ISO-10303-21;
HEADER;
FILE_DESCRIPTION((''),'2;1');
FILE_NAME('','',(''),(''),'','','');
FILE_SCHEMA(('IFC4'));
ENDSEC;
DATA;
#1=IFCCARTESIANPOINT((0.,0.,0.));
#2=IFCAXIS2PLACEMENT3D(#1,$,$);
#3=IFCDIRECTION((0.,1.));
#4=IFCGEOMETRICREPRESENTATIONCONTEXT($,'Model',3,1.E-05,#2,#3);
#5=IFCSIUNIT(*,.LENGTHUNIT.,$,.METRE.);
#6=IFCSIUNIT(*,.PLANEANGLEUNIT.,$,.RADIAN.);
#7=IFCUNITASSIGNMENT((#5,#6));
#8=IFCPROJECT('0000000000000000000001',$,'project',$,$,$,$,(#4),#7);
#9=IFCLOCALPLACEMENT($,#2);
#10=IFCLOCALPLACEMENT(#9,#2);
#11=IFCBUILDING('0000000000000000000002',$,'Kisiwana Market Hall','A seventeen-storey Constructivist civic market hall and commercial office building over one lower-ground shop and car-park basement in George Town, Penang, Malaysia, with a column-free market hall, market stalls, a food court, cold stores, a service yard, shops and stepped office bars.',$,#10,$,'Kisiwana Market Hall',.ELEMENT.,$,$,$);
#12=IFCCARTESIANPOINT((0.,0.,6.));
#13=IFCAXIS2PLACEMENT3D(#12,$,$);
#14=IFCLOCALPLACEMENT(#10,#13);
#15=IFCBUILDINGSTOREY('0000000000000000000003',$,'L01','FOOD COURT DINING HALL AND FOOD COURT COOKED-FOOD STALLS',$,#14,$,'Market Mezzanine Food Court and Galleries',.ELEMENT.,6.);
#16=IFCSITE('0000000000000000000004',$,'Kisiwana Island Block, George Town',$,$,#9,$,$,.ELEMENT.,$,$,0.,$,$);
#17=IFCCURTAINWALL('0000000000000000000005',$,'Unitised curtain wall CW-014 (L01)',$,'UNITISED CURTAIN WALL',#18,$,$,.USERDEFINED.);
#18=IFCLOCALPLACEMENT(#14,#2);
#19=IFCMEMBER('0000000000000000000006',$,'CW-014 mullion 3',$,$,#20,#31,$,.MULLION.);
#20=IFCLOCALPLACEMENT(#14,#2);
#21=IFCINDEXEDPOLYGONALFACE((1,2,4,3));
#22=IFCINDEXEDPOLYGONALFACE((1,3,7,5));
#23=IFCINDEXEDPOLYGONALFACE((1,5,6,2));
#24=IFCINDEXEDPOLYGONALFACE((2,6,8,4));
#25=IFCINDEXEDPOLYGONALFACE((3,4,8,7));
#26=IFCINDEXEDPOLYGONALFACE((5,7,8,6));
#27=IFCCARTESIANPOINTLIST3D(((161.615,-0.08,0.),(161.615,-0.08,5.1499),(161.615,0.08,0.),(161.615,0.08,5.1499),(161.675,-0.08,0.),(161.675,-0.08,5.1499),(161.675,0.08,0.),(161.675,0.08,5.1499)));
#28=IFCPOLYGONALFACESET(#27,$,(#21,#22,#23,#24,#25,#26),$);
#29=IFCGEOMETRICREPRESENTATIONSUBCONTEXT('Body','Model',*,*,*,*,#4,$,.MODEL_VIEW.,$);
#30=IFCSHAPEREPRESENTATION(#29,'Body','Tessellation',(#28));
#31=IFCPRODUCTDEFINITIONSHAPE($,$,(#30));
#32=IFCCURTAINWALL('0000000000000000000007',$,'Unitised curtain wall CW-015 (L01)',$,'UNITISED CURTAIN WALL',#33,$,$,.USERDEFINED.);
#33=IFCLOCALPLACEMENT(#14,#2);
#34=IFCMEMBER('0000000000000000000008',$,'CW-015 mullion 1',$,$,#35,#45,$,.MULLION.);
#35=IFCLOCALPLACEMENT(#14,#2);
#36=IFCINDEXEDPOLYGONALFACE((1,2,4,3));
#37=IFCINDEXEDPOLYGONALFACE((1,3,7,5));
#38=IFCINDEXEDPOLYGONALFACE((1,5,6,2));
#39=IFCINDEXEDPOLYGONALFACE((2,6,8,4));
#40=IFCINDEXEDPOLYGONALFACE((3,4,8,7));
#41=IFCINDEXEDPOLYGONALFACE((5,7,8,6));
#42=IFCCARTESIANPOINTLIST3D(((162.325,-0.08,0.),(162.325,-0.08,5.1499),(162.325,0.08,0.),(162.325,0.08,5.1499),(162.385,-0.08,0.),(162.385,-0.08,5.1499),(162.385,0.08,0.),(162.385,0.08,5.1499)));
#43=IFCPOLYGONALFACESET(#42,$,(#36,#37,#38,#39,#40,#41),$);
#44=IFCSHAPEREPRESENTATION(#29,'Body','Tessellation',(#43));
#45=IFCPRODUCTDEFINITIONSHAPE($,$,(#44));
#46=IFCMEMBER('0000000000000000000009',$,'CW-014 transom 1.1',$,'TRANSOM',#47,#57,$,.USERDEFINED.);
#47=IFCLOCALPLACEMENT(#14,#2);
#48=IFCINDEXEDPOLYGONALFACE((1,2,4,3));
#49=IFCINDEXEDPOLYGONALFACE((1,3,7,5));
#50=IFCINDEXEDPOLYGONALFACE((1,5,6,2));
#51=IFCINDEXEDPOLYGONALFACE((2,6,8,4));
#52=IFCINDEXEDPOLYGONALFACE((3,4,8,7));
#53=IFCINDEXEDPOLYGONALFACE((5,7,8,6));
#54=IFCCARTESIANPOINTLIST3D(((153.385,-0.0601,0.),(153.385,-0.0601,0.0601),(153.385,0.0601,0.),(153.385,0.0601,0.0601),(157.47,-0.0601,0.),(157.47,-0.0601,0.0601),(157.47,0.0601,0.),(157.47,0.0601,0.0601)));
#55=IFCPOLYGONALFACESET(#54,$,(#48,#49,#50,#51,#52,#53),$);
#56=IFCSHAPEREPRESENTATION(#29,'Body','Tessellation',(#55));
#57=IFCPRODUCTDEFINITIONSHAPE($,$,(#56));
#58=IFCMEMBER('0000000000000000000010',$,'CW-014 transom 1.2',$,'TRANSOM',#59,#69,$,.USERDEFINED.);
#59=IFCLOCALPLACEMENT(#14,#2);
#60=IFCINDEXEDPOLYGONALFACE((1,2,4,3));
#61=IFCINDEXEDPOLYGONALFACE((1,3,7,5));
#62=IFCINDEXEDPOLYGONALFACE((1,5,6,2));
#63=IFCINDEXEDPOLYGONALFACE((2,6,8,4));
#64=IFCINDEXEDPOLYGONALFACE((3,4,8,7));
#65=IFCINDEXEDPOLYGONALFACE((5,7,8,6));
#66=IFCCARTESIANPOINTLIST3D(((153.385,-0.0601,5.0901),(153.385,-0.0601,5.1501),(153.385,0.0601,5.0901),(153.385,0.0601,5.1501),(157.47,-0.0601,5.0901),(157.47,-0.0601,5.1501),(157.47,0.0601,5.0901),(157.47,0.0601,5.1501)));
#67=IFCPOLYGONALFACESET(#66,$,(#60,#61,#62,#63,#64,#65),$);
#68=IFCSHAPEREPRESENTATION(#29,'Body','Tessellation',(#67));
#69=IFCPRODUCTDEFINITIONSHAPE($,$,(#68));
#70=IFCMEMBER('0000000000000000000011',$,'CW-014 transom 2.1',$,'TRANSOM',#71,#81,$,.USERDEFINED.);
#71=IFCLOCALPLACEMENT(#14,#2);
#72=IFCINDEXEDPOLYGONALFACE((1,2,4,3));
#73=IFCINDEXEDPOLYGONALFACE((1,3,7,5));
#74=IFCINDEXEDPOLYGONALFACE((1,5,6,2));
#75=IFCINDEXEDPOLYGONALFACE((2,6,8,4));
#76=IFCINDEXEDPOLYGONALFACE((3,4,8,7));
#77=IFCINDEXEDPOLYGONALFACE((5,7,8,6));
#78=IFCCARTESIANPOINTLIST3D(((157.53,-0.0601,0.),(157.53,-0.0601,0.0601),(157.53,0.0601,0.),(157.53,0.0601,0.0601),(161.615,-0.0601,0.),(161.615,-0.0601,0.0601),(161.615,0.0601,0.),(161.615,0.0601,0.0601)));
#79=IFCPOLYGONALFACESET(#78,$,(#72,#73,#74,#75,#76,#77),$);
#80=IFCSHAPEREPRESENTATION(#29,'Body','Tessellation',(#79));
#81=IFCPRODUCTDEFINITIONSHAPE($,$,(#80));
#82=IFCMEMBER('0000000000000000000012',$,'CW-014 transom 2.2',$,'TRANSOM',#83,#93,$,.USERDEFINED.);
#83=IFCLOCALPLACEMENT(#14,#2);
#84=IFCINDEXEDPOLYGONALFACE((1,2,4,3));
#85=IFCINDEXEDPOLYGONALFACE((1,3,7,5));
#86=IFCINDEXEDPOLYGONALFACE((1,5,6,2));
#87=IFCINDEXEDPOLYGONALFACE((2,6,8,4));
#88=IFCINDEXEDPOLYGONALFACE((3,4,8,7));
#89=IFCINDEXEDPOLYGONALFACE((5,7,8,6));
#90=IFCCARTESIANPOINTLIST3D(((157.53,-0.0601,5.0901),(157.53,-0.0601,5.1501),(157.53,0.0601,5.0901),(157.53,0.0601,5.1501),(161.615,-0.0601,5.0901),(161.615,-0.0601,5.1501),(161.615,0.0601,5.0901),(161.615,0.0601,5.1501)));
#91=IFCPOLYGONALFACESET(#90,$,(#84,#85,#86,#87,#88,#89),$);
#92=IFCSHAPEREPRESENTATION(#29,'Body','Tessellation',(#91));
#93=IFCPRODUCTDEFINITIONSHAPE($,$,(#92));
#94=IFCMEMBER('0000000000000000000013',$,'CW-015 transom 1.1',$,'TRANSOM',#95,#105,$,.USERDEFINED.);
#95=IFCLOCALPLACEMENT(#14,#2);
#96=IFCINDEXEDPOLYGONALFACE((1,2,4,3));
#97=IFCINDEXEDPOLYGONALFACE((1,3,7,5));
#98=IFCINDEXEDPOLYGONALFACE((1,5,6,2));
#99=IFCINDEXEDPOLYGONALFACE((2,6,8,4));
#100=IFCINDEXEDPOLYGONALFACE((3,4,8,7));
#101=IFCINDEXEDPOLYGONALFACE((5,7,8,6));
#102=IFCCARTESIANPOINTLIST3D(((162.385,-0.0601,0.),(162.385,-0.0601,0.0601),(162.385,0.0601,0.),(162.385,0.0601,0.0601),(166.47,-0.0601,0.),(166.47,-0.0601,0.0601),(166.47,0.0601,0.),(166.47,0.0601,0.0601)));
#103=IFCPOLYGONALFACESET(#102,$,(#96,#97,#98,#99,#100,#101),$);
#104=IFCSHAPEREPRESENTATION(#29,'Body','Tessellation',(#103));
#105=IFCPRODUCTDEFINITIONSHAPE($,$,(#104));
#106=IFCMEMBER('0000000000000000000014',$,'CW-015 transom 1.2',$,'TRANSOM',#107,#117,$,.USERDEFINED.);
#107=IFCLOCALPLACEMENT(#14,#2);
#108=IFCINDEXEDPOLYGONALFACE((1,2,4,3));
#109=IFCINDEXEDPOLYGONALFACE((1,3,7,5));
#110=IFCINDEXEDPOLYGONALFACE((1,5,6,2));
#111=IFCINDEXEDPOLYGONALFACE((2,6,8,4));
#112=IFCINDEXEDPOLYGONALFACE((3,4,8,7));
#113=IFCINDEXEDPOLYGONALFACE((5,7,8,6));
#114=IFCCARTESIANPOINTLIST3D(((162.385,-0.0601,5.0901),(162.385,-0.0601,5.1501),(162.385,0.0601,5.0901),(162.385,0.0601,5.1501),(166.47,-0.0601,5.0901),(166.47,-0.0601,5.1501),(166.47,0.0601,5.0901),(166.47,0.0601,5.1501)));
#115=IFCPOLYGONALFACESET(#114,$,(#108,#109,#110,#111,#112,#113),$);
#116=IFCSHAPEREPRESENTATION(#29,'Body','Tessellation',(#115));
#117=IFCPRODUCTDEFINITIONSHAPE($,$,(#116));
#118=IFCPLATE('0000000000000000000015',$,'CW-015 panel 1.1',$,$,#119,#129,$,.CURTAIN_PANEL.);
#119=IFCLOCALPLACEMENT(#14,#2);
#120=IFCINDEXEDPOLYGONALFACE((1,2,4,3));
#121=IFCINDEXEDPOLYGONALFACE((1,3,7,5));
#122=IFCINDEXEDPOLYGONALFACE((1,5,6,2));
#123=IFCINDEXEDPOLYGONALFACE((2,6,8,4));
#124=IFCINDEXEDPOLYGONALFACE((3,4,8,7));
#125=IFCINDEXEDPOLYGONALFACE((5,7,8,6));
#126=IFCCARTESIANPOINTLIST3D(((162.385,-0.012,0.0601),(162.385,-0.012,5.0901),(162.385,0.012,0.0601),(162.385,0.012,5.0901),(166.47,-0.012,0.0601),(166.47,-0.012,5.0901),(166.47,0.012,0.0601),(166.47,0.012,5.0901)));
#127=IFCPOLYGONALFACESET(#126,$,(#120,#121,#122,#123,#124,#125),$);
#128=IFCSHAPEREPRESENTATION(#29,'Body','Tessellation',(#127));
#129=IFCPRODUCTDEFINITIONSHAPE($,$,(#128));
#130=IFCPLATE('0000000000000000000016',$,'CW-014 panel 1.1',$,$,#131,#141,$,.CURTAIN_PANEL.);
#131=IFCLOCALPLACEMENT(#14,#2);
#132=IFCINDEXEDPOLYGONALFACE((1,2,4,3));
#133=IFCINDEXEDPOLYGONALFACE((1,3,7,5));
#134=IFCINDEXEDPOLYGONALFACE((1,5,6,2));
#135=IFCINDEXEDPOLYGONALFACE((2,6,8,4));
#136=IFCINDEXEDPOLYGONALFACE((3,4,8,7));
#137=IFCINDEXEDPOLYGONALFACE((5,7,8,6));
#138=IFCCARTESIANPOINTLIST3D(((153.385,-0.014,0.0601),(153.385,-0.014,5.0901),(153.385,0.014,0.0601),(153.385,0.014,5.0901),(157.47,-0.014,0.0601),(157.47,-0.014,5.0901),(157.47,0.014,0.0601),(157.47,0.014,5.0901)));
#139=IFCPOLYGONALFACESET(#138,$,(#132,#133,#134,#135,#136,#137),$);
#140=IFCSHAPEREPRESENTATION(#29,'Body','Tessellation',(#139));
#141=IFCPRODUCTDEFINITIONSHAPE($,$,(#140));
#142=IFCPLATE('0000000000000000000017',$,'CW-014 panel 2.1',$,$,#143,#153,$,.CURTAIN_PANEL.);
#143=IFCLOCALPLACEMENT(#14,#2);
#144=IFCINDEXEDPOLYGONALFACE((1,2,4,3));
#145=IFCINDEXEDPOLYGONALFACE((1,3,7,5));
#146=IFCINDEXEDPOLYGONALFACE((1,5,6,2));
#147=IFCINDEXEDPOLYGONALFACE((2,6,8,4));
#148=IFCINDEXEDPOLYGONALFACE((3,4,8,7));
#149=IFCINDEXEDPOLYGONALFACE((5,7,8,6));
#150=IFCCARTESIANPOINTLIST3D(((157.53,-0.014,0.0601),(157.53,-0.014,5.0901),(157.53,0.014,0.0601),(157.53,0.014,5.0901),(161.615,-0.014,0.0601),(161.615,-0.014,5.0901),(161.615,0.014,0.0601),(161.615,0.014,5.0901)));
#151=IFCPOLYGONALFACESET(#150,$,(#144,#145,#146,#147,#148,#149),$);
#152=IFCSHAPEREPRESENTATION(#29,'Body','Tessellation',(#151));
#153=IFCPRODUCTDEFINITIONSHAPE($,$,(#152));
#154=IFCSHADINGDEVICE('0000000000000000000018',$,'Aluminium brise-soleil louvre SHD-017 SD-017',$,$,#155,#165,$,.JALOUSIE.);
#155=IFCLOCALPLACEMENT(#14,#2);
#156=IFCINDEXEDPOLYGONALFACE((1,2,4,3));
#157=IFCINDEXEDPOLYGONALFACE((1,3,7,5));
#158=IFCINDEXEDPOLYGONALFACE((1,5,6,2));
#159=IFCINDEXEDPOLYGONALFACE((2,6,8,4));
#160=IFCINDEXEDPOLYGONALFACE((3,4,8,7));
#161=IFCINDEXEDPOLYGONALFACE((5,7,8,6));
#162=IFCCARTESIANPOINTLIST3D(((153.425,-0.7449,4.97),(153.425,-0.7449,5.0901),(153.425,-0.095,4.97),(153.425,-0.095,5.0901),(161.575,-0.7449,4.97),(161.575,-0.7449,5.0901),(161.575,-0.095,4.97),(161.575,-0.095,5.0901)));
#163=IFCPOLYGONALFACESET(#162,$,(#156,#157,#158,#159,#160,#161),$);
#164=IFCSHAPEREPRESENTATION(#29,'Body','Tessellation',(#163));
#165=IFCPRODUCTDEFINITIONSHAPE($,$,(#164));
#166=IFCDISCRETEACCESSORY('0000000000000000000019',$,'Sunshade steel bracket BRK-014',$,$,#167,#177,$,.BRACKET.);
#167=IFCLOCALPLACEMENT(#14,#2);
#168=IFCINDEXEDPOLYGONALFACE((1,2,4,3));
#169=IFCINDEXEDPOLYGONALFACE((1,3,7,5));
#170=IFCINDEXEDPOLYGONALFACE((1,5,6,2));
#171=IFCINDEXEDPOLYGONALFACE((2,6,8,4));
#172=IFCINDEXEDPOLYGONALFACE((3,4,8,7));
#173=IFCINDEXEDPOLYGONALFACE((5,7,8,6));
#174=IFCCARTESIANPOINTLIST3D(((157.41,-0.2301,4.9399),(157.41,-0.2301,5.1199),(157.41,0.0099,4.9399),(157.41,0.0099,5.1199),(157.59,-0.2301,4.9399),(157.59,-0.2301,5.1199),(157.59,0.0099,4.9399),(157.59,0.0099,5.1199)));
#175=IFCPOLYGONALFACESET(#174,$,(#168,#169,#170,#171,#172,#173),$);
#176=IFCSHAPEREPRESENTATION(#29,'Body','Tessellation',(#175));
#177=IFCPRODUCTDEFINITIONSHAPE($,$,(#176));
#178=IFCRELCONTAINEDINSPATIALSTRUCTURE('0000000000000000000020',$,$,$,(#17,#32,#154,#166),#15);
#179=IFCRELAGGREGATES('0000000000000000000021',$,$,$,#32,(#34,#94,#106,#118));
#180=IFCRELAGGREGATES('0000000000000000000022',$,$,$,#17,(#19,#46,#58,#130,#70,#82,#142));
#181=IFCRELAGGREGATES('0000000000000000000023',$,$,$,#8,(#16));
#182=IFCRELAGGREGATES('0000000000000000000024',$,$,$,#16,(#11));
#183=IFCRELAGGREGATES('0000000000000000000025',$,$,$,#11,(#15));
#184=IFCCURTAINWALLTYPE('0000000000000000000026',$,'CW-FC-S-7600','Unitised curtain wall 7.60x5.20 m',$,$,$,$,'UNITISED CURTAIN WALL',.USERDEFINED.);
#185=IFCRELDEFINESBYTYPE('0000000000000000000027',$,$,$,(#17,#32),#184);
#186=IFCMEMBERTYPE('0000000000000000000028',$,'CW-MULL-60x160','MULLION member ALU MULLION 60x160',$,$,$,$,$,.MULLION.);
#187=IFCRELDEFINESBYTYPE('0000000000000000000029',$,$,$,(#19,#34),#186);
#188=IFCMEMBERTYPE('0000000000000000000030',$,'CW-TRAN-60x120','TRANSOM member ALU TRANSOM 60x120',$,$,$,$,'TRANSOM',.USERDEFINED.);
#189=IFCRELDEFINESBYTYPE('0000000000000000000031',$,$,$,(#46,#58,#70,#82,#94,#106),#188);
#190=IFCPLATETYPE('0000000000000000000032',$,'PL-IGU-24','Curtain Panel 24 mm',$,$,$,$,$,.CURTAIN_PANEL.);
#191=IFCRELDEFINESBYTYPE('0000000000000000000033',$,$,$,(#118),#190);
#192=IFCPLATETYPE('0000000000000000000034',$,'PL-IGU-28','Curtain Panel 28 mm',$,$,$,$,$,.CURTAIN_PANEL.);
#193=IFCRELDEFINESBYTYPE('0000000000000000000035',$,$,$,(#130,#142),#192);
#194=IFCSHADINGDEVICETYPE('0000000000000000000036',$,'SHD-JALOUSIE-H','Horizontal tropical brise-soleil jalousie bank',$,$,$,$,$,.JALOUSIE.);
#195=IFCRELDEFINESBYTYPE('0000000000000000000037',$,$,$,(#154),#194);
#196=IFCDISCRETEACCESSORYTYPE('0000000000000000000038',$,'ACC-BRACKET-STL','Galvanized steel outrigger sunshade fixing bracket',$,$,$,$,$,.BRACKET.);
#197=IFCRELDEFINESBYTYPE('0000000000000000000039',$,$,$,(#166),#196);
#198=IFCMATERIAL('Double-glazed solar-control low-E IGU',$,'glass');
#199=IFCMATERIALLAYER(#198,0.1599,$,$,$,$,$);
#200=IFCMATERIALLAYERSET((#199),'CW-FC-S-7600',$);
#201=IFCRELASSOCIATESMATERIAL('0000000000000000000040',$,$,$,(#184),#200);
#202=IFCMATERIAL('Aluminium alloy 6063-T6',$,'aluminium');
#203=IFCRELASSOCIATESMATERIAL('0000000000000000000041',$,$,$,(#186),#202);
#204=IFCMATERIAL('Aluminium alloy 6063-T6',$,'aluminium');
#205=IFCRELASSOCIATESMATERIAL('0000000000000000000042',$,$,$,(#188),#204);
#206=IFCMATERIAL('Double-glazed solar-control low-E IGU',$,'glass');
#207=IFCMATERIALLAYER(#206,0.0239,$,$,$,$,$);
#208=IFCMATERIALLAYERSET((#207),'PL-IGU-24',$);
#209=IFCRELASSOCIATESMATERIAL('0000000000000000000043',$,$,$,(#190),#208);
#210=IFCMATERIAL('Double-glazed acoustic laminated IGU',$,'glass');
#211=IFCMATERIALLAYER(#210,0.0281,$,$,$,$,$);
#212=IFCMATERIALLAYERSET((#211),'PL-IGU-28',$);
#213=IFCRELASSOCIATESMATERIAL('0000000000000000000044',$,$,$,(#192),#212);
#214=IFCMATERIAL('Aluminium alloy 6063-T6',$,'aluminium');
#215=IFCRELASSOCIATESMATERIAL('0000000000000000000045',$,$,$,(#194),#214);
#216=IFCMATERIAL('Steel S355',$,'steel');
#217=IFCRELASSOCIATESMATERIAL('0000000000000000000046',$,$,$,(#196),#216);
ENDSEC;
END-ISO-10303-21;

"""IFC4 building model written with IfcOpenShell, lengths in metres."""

from ifc_helpers import new_model, si_unit, direction, frame, origin, origin_2d, place, context, subcontext, project, spatial, rectangle, extrude, material, layer, layer_set, material_profile, profile_set, type_object, element, aggregate, save


model = new_model("IFC4")

# Units and contexts
model_context = context("Model", 3, precision=1e-05, world=origin(), true_north=direction((0.0, 1.0)))
body_context = subcontext(model_context, "Body", "Model", "MODEL_VIEW")
ifc_project = project(units=[si_unit("LENGTHUNIT", "METRE"), si_unit("PLANEANGLEUNIT", "RADIAN")], contexts=[model_context])

# Site, building, storey
site_placement = place(None, origin())
site = spatial("IfcSite", under=ifc_project, at=site_placement, Name="Kisiwana Island Block, George Town", CompositionType="ELEMENT", RefElevation=0.0)
building_placement = place(site_placement, origin())
building = spatial("IfcBuilding", under=site, at=building_placement, Name="Kisiwana Market Hall", Description="A seventeen-storey Constructivist civic market hall and commercial office building over one lower-ground shop and car-park basement in George Town, Penang, Malaysia, with a column-free market hall, market stalls, a food court, cold stores, a service yard, shops and stepped office bars.", LongName="Kisiwana Market Hall", CompositionType="ELEMENT")
storey_placement = place(building_placement, frame((0.0, 0.0, 6.0)))
storey = spatial("IfcBuildingStorey", under=building, at=storey_placement, Name="L01", Description="FOOD COURT DINING HALL AND FOOD COURT COOKED-FOOD STALLS", LongName="Market Mezzanine Food Court and Galleries", CompositionType="ELEMENT", Elevation=6.0)

# Curtain wall, member
ifc_material_1 = material(Name="Double-glazed solar-control low-E IGU", Category="glass")
ifc_layer_1 = layer(ifc_material_1, 0.1599)
ifc_layer_set_1 = layer_set([ifc_layer_1], Name="CW-FC-S-7600")
curtain_wall_type = type_object("IfcCurtainWallType", Name="CW-FC-S-7600", Description="Unitised curtain wall 7.60x5.20 m", ElementType="UNITISED CURTAIN WALL", PredefinedType="USERDEFINED", material=ifc_layer_set_1)
curtain_wall_1_placement = place(storey_placement, origin())
curtain_wall_1 = element("IfcCurtainWall", 1, at=curtain_wall_1_placement, inside=storey, type_object=curtain_wall_type, Name="Unitised curtain wall CW-014 (L01)", ObjectType="UNITISED CURTAIN WALL", PredefinedType="USERDEFINED")
ifc_material_2 = material(Name="Aluminium alloy 6063-T6", Category="aluminium")
ifc_material_profile_1 = material_profile(ifc_material_2, rectangle(XDim=0.0601, YDim=0.1599, at=origin_2d()), Name="ALU MULLION 60x160")
ifc_profile_set_1 = profile_set([ifc_material_profile_1], Name="Aluminium alloy 6063-T6")
member_type_1 = type_object("IfcMemberType", Name="CW-MULL-60x160", Description="MULLION member ALU MULLION 60x160", PredefinedType="MULLION", material=ifc_profile_set_1)
member_1_placement = place(storey_placement, frame((161.645, 0.0, 0.0), z_axis=(0.0, 0.0, 1.0), x_axis=(1.0, 0.0, 0.0)))
member_1 = element("IfcMember", 2, at=member_1_placement, type_object=member_type_1, Name="CW-014 mullion 3", PredefinedType="MULLION", context=body_context, shape_type="SweptSolid", body=[
    extrude(rectangle(XDim=0.0601, YDim=0.1599, at=origin_2d()), origin(), (0.0, 0.0, 1.0), 5.1499),
])

# Curtain wall, member
curtain_wall_2_placement = place(storey_placement, origin())
curtain_wall_2 = element("IfcCurtainWall", 3, at=curtain_wall_2_placement, inside=storey, type_object=curtain_wall_type, Name="Unitised curtain wall CW-015 (L01)", ObjectType="UNITISED CURTAIN WALL", PredefinedType="USERDEFINED")
member_2_placement = place(storey_placement, frame((162.355, 0.0, 0.0), z_axis=(0.0, 0.0, 1.0), x_axis=(1.0, 0.0, 0.0)))
member_2 = element("IfcMember", 4, at=member_2_placement, type_object=member_type_1, Name="CW-015 mullion 1", PredefinedType="MULLION", context=body_context, shape_type="SweptSolid", body=[
    extrude(rectangle(XDim=0.0601, YDim=0.1599, at=origin_2d()), origin(), (0.0, 0.0, 1.0), 5.1499),
])

# Members
ifc_material_3 = material(Name="Aluminium alloy 6063-T6", Category="aluminium")
ifc_material_profile_2 = material_profile(ifc_material_3, rectangle(XDim=0.1201, YDim=0.0601, at=origin_2d()), Name="ALU TRANSOM 60x120")
ifc_profile_set_2 = profile_set([ifc_material_profile_2], Name="Aluminium alloy 6063-T6")
member_type_2 = type_object("IfcMemberType", Name="CW-TRAN-60x120", Description="TRANSOM member ALU TRANSOM 60x120", ElementType="TRANSOM", PredefinedType="USERDEFINED", material=ifc_profile_set_2)
member_3_placement = place(storey_placement, frame((153.385, 0.0, 0.03), z_axis=(1.0, 0.0, 0.0), x_axis=(0.0, 1.0, 0.0)))
member_3 = element("IfcMember", 5, at=member_3_placement, type_object=member_type_2, Name="CW-014 transom 1.1", ObjectType="TRANSOM", PredefinedType="USERDEFINED", context=body_context, shape_type="SweptSolid", body=[
    extrude(rectangle(XDim=0.1201, YDim=0.0601, at=origin_2d()), origin(), (0.0, 0.0, 1.0), 4.085),
])
member_4_placement = place(storey_placement, frame((153.385, 0.0, 5.1201), z_axis=(1.0, 0.0, 0.0), x_axis=(0.0, 1.0, 0.0)))
member_4 = element("IfcMember", 6, at=member_4_placement, type_object=member_type_2, Name="CW-014 transom 1.2", ObjectType="TRANSOM", PredefinedType="USERDEFINED", context=body_context, shape_type="SweptSolid", body=[
    extrude(rectangle(XDim=0.1201, YDim=0.0601, at=origin_2d()), origin(), (0.0, 0.0, 1.0), 4.085),
])
member_5_placement = place(storey_placement, frame((157.53, 0.0, 0.03), z_axis=(1.0, 0.0, 0.0), x_axis=(0.0, 1.0, 0.0)))
member_5 = element("IfcMember", 7, at=member_5_placement, type_object=member_type_2, Name="CW-014 transom 2.1", ObjectType="TRANSOM", PredefinedType="USERDEFINED", context=body_context, shape_type="SweptSolid", body=[
    extrude(rectangle(XDim=0.1201, YDim=0.0601, at=origin_2d()), origin(), (0.0, 0.0, 1.0), 4.085),
])
member_6_placement = place(storey_placement, frame((157.53, 0.0, 5.1201), z_axis=(1.0, 0.0, 0.0), x_axis=(0.0, 1.0, 0.0)))
member_6 = element("IfcMember", 8, at=member_6_placement, type_object=member_type_2, Name="CW-014 transom 2.2", ObjectType="TRANSOM", PredefinedType="USERDEFINED", context=body_context, shape_type="SweptSolid", body=[
    extrude(rectangle(XDim=0.1201, YDim=0.0601, at=origin_2d()), origin(), (0.0, 0.0, 1.0), 4.085),
])
member_7_placement = place(storey_placement, frame((162.385, 0.0, 0.03), z_axis=(1.0, 0.0, 0.0), x_axis=(0.0, 1.0, 0.0)))
member_7 = element("IfcMember", 9, at=member_7_placement, type_object=member_type_2, Name="CW-015 transom 1.1", ObjectType="TRANSOM", PredefinedType="USERDEFINED", context=body_context, shape_type="SweptSolid", body=[
    extrude(rectangle(XDim=0.1201, YDim=0.0601, at=origin_2d()), origin(), (0.0, 0.0, 1.0), 4.085),
])
member_8_placement = place(storey_placement, frame((162.385, 0.0, 5.1201), z_axis=(1.0, 0.0, 0.0), x_axis=(0.0, 1.0, 0.0)))
member_8 = element("IfcMember", 10, at=member_8_placement, type_object=member_type_2, Name="CW-015 transom 1.2", ObjectType="TRANSOM", PredefinedType="USERDEFINED", context=body_context, shape_type="SweptSolid", body=[
    extrude(rectangle(XDim=0.1201, YDim=0.0601, at=origin_2d()), origin(), (0.0, 0.0, 1.0), 4.085),
])

# Plates
ifc_material_4 = material(Name="Double-glazed solar-control low-E IGU", Category="glass")
ifc_layer_2 = layer(ifc_material_4, 0.0239)
ifc_layer_set_2 = layer_set([ifc_layer_2], Name="PL-IGU-24")
plate_type_1 = type_object("IfcPlateType", Name="PL-IGU-24", Description="Curtain Panel 24 mm", PredefinedType="CURTAIN_PANEL", material=ifc_layer_set_2)
plate_1_placement = place(storey_placement, frame((164.4275, 0.0, 0.0601), z_axis=(0.0, 0.0, 1.0), x_axis=(1.0, 0.0, 0.0)))
plate_1 = element("IfcPlate", 11, at=plate_1_placement, type_object=plate_type_1, Name="CW-015 panel 1.1", PredefinedType="CURTAIN_PANEL", context=body_context, shape_type="SweptSolid", body=[
    extrude(rectangle(XDim=4.085, YDim=0.0239, at=origin_2d()), origin(), (0.0, 0.0, 1.0), 5.03),
])
aggregate(curtain_wall_2, [member_2, member_7, member_8, plate_1])
ifc_material_5 = material(Name="Double-glazed acoustic laminated IGU", Category="glass")
ifc_layer_3 = layer(ifc_material_5, 0.0281)
ifc_layer_set_3 = layer_set([ifc_layer_3], Name="PL-IGU-28")
plate_type_2 = type_object("IfcPlateType", Name="PL-IGU-28", Description="Curtain Panel 28 mm", PredefinedType="CURTAIN_PANEL", material=ifc_layer_set_3)
plate_2_placement = place(storey_placement, frame((155.4275, 0.0, 0.0601), z_axis=(0.0, 0.0, 1.0), x_axis=(1.0, 0.0, 0.0)))
plate_2 = element("IfcPlate", 12, at=plate_2_placement, type_object=plate_type_2, Name="CW-014 panel 1.1", PredefinedType="CURTAIN_PANEL", context=body_context, shape_type="SweptSolid", body=[
    extrude(rectangle(XDim=4.085, YDim=0.0281, at=origin_2d()), origin(), (0.0, 0.0, 1.0), 5.03),
])
plate_3_placement = place(storey_placement, frame((159.5725, 0.0, 0.0601), z_axis=(0.0, 0.0, 1.0), x_axis=(1.0, 0.0, 0.0)))
plate_3 = element("IfcPlate", 13, at=plate_3_placement, type_object=plate_type_2, Name="CW-014 panel 2.1", PredefinedType="CURTAIN_PANEL", context=body_context, shape_type="SweptSolid", body=[
    extrude(rectangle(XDim=4.085, YDim=0.0281, at=origin_2d()), origin(), (0.0, 0.0, 1.0), 5.03),
])
aggregate(curtain_wall_1, [member_1, member_3, member_4, plate_2, member_5, member_6, plate_3])

# Shading device
ifc_material_6 = material(Name="Aluminium alloy 6063-T6", Category="aluminium")
shading_device_type = type_object("IfcShadingDeviceType", Name="SHD-JALOUSIE-H", Description="Horizontal tropical brise-soleil jalousie bank", PredefinedType="JALOUSIE", material=ifc_material_6)
shading_device_placement = place(storey_placement, frame((157.5, -0.4199, 4.97), z_axis=(0.0, 0.0, 1.0), x_axis=(1.0, 0.0, 0.0)))
element("IfcShadingDevice", 14, at=shading_device_placement, inside=storey, type_object=shading_device_type, Name="Aluminium brise-soleil louvre SHD-017 SD-017", PredefinedType="JALOUSIE", context=body_context, shape_type="SweptSolid", body=[
    extrude(rectangle(XDim=8.1499, YDim=0.6499, at=origin_2d()), origin(), (0.0, 0.0, 1.0), 0.1201),
])

# Discrete accessory
ifc_material_7 = material(Name="Steel S355", Category="steel")
discrete_accessory_type = type_object("IfcDiscreteAccessoryType", Name="ACC-BRACKET-STL", Description="Galvanized steel outrigger sunshade fixing bracket", PredefinedType="BRACKET", material=ifc_material_7)
discrete_accessory_placement = place(storey_placement, frame((157.5, -0.1101, 4.9399), z_axis=(0.0, 0.0, 1.0), x_axis=(1.0, 0.0, 0.0)))
element("IfcDiscreteAccessory", 15, at=discrete_accessory_placement, inside=storey, type_object=discrete_accessory_type, Name="Sunshade steel bracket BRK-014", PredefinedType="BRACKET", context=body_context, shape_type="SweptSolid", body=[
    extrude(rectangle(XDim=0.1799, YDim=0.24, at=origin_2d()), origin(), (0.0, 0.0, 1.0), 0.1799),
])

save(model, "model.ifc")
